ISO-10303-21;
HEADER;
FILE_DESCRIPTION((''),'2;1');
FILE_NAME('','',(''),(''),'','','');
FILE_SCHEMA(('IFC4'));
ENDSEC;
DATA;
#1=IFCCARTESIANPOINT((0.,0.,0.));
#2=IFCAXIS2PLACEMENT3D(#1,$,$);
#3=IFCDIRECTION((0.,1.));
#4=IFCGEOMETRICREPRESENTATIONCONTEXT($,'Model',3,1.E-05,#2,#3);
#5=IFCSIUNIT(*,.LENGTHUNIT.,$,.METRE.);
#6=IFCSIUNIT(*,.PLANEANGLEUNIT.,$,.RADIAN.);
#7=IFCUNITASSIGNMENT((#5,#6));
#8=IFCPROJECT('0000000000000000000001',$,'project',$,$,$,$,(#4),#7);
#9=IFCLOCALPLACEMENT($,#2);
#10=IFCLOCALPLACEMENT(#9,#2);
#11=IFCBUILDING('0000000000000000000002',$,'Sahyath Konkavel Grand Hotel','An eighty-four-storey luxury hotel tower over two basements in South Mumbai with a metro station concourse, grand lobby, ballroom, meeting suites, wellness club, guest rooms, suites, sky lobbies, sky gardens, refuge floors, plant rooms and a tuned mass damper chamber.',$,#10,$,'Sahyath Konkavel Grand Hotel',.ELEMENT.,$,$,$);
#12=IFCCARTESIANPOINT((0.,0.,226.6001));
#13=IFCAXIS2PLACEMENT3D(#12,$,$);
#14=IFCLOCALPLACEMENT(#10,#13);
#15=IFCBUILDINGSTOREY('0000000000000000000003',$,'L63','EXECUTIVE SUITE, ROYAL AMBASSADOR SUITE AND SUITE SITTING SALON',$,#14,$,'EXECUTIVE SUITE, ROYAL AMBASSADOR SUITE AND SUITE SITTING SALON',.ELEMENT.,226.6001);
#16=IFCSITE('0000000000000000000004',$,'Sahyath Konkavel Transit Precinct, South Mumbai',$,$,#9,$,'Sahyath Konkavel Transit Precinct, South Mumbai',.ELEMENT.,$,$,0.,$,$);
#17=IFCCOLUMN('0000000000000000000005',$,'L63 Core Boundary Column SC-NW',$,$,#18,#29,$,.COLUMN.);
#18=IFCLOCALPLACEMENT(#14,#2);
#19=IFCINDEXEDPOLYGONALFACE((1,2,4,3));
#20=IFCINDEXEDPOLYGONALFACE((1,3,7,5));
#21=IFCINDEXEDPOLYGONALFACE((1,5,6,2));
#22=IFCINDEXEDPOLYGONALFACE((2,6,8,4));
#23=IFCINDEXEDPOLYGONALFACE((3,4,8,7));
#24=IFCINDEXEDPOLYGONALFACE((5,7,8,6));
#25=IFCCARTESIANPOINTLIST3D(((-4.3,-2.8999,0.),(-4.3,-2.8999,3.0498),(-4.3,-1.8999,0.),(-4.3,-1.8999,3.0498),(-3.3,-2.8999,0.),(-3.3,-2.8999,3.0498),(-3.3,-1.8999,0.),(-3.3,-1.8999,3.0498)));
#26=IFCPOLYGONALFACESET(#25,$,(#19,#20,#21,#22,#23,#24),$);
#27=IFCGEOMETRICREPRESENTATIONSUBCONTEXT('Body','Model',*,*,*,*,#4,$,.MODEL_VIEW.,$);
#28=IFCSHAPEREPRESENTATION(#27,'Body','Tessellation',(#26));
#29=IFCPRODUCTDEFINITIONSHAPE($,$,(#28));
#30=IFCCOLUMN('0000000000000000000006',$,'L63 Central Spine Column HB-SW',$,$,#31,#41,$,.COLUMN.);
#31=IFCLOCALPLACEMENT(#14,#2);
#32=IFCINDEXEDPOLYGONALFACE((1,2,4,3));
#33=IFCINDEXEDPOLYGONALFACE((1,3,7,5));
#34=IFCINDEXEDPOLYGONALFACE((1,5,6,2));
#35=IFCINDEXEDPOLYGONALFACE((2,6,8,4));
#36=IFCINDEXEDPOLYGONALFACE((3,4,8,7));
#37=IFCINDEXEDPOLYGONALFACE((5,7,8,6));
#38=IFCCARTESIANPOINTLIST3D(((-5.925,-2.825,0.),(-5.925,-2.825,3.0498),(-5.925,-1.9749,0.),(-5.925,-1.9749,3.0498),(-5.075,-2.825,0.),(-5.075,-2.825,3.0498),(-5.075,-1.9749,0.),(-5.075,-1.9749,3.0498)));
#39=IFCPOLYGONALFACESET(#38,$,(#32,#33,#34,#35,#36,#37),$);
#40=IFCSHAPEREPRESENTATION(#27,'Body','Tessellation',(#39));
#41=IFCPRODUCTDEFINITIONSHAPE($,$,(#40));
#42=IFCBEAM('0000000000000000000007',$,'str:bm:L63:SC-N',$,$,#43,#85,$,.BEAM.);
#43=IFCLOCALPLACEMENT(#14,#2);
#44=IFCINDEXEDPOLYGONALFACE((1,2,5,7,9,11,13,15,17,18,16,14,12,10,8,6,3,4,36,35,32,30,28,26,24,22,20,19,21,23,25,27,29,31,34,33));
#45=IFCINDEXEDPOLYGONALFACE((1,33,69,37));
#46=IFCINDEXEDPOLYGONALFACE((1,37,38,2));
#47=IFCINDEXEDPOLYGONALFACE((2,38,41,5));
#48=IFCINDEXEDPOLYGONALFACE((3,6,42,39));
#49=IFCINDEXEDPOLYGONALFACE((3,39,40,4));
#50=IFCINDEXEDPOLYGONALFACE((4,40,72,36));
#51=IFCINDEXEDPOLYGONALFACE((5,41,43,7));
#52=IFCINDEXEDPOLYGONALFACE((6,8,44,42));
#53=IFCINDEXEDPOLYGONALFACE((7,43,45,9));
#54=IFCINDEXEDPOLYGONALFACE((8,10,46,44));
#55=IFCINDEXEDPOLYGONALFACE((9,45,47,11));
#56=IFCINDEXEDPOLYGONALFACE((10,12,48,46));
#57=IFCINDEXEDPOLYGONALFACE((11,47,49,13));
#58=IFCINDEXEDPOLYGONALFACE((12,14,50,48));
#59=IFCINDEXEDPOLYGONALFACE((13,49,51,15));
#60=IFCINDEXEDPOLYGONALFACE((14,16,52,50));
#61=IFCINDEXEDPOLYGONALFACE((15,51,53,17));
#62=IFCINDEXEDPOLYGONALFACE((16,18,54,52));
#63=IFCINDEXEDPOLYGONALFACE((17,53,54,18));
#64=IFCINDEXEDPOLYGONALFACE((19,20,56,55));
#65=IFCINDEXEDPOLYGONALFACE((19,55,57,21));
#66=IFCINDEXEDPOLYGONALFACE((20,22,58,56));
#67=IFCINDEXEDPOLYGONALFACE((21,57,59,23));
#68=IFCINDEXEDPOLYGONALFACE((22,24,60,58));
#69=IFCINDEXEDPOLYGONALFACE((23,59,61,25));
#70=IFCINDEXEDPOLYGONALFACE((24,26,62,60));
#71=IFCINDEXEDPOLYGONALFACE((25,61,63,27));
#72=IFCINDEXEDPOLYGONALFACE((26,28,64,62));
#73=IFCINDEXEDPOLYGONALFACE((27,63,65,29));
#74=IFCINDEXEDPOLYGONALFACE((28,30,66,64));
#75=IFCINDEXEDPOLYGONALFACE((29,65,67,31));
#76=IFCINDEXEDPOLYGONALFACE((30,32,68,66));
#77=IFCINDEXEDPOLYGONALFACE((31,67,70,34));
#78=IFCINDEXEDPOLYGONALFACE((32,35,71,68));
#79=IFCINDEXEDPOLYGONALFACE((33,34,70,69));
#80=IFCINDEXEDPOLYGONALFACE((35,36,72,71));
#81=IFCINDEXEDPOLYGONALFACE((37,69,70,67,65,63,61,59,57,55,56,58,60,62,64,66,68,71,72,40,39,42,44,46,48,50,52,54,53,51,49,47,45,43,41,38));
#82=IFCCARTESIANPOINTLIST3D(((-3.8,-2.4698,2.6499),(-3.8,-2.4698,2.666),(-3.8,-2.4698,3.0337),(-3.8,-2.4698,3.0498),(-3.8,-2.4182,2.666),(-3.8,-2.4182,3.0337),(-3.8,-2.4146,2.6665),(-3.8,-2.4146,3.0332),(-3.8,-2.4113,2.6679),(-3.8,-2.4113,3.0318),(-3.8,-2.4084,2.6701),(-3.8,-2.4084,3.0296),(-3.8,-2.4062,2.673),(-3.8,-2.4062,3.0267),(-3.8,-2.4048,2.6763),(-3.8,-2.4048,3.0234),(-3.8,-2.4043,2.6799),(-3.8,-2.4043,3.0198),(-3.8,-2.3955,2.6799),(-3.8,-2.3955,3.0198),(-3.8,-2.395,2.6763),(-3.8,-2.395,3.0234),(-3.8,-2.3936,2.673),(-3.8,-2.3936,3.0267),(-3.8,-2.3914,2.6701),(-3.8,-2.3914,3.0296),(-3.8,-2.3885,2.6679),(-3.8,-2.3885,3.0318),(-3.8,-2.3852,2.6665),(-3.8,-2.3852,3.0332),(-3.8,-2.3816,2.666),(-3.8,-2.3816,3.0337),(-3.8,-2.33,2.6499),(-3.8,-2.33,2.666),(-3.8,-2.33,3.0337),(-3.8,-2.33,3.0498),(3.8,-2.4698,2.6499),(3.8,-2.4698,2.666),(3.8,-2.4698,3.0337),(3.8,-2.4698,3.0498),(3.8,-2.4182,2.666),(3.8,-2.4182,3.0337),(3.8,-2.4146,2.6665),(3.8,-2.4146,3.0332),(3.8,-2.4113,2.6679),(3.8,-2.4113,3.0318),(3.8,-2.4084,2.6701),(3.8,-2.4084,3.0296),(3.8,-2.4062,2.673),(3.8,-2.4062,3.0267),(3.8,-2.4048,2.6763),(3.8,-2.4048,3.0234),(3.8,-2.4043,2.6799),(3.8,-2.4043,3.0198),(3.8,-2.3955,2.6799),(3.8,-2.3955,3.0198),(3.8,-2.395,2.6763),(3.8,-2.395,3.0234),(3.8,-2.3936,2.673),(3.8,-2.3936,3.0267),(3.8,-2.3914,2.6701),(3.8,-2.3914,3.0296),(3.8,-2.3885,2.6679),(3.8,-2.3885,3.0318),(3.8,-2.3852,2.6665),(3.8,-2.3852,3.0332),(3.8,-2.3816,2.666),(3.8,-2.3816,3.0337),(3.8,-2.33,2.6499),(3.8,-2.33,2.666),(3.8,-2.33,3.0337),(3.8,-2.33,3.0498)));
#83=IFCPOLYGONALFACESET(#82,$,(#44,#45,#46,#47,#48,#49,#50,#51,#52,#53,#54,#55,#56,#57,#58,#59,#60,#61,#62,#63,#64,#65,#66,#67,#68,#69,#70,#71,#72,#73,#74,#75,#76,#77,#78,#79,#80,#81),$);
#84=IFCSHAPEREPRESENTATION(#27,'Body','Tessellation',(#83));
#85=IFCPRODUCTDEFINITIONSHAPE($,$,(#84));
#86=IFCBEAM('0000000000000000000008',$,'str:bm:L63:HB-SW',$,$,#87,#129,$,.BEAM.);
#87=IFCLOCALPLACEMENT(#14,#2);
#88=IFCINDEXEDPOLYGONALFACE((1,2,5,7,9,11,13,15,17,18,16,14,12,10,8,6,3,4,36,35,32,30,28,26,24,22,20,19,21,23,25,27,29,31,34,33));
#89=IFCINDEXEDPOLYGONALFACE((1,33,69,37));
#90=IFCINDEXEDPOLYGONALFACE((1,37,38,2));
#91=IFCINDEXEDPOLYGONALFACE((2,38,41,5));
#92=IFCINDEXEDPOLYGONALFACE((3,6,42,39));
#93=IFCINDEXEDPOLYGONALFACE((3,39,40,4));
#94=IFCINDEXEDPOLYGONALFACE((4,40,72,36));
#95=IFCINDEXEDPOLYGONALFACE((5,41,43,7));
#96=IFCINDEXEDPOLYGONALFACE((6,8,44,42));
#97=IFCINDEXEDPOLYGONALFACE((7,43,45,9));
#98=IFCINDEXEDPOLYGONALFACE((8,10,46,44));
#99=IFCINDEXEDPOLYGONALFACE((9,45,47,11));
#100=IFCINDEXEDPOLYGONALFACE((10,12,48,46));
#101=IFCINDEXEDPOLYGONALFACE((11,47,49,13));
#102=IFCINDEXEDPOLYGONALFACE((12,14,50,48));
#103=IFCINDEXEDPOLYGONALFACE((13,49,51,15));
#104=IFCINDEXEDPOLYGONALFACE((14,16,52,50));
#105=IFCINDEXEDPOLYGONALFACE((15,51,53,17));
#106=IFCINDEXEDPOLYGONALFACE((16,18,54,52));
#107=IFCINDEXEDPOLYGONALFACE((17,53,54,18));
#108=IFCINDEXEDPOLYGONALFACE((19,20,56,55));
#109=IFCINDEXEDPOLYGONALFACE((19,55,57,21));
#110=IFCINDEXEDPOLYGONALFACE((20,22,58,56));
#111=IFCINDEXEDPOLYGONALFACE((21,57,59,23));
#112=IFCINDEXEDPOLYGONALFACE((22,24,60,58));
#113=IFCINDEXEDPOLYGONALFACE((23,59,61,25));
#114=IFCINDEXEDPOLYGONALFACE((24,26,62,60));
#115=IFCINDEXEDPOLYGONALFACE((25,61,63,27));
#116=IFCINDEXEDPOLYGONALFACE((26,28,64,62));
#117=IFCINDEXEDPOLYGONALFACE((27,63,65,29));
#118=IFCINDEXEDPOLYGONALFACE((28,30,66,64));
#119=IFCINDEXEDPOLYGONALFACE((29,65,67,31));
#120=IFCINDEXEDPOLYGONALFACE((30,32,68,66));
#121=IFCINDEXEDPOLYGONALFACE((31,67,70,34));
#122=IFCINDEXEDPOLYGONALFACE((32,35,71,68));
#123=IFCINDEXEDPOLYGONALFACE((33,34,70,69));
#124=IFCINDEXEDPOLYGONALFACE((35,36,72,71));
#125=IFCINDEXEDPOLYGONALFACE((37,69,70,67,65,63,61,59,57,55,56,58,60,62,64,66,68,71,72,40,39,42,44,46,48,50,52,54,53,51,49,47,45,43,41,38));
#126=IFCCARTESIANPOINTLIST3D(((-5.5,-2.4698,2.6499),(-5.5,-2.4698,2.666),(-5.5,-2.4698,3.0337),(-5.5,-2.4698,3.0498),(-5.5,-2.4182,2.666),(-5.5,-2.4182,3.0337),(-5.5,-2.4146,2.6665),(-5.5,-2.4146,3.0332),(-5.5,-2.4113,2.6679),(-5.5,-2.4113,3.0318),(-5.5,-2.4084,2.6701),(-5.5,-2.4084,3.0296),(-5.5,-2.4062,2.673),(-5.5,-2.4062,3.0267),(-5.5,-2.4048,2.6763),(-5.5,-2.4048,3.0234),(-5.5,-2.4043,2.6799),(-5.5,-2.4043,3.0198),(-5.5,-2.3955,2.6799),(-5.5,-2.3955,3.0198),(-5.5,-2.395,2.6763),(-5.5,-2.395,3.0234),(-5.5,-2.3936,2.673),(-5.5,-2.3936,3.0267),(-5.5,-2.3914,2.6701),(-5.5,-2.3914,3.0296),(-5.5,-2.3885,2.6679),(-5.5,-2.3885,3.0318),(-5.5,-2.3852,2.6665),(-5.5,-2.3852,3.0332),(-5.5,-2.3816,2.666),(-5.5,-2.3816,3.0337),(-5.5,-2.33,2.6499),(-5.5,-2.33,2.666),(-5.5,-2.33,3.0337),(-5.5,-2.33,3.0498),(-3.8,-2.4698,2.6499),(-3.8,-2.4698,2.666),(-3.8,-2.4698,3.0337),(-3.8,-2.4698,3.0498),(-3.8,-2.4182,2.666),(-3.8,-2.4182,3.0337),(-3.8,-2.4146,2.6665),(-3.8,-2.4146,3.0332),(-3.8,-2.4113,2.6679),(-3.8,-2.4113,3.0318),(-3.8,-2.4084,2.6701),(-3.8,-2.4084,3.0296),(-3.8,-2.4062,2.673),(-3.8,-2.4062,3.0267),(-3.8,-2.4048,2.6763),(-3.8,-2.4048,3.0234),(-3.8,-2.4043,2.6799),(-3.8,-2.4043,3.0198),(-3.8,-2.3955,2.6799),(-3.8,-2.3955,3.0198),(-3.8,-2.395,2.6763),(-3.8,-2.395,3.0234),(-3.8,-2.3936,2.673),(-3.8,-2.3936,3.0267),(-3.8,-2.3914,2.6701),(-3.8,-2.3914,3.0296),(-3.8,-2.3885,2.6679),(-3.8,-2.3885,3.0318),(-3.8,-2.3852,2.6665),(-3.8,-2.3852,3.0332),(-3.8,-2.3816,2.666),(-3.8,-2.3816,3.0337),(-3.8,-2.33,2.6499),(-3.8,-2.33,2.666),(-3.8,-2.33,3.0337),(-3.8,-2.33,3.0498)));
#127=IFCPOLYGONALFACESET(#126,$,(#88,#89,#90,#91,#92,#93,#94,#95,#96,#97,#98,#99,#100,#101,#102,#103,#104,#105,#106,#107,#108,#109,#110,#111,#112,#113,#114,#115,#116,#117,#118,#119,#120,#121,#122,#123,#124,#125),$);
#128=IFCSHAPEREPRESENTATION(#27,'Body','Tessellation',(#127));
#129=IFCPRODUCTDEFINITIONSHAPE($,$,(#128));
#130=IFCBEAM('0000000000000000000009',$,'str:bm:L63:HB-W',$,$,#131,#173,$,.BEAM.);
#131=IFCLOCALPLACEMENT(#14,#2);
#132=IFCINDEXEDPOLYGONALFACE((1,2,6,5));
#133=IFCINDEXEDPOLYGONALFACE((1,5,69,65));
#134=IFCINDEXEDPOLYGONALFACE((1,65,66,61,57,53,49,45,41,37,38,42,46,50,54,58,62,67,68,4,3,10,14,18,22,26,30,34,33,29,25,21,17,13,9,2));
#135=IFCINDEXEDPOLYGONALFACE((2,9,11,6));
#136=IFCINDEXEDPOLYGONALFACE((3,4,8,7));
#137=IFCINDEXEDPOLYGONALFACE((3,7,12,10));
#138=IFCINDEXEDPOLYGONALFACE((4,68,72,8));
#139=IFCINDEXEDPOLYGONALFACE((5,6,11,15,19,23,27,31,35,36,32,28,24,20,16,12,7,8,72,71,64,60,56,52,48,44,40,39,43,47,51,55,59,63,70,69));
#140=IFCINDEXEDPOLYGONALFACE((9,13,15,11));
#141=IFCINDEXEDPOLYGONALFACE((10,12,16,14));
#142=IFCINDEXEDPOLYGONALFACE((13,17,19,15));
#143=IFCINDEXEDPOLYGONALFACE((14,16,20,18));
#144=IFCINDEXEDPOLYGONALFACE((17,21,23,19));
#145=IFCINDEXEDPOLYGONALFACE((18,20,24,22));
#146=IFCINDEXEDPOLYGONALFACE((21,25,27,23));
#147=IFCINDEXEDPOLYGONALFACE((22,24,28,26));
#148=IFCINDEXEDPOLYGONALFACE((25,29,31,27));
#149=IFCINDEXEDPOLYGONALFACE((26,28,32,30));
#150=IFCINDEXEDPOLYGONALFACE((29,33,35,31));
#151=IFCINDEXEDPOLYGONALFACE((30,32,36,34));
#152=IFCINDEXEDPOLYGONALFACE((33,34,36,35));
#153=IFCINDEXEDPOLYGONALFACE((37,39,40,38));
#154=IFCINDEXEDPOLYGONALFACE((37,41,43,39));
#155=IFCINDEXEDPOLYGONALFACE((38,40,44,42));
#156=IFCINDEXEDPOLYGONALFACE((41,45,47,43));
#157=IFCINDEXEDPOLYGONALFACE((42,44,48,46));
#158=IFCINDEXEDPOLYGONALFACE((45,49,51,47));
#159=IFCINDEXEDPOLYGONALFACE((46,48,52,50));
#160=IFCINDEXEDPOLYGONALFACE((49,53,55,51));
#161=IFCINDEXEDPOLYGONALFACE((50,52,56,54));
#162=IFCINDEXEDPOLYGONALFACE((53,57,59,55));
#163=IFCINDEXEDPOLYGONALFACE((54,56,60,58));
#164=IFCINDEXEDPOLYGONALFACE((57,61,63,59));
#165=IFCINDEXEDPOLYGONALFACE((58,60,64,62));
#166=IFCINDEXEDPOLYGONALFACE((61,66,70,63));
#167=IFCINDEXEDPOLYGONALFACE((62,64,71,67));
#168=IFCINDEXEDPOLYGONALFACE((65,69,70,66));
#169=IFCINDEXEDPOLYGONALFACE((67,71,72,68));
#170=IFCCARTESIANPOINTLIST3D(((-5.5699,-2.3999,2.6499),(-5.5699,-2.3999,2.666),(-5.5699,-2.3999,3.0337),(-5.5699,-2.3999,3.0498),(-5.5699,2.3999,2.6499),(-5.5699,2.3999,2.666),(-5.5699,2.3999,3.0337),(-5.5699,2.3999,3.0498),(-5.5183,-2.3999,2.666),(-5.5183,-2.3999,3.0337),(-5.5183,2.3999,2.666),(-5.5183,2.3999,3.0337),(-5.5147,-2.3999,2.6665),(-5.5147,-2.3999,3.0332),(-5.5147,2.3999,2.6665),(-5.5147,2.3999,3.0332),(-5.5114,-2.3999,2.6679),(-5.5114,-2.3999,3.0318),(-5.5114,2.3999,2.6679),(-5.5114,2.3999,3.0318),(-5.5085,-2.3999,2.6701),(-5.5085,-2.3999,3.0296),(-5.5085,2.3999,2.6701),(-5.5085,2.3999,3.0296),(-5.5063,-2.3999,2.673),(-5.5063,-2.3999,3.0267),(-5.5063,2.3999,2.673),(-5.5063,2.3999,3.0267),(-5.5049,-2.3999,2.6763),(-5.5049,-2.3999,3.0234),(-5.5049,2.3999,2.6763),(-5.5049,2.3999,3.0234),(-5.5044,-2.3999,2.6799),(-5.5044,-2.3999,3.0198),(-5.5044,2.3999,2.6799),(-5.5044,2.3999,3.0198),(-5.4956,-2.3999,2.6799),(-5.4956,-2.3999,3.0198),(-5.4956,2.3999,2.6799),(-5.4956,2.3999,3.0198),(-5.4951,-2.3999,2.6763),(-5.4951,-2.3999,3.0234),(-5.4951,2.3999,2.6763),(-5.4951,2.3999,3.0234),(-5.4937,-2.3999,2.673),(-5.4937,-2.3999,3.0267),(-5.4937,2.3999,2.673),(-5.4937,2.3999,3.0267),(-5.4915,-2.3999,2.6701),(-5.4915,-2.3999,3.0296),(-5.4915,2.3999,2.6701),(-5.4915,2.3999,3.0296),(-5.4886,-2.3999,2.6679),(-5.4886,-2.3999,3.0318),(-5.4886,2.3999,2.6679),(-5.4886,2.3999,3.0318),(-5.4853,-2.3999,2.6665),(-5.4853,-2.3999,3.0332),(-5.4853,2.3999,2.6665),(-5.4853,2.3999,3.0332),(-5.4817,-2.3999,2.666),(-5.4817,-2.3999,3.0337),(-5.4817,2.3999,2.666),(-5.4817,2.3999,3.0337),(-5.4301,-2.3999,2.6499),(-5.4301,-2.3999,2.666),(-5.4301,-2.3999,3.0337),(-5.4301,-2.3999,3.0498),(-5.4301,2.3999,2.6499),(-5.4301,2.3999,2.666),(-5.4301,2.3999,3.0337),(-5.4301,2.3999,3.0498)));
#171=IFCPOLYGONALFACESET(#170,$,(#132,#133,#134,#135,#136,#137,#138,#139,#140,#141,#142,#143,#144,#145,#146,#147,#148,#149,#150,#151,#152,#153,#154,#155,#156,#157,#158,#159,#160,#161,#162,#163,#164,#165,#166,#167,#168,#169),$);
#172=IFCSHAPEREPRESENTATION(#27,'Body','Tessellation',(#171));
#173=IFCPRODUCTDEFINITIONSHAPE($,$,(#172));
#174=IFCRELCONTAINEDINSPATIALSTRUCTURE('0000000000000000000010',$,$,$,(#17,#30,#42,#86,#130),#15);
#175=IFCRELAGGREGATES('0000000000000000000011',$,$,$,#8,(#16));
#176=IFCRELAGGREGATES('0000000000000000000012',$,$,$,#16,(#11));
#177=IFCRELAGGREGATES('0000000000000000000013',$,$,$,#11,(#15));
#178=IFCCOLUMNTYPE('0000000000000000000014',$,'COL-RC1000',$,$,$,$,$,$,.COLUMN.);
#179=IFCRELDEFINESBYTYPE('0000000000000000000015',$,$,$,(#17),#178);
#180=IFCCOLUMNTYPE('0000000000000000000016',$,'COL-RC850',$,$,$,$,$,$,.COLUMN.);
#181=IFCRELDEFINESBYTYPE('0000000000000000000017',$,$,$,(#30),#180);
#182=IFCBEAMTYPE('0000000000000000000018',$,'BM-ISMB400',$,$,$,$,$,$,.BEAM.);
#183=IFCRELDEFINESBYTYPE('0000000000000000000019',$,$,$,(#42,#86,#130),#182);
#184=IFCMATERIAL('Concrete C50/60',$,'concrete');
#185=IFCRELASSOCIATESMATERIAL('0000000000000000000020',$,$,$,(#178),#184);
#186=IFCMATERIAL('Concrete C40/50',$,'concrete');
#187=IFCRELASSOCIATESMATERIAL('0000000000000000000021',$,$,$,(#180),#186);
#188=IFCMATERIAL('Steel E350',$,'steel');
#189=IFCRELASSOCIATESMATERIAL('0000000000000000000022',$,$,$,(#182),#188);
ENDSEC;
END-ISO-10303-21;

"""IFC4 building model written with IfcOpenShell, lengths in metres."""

from ifc_helpers import new_model, si_unit, direction, frame, origin, origin_2d, place, context, subcontext, project, spatial, rectangle, i_section, extrude, source, transform, mapped, material, material_profile, profile_set, type_object, element, save


model = new_model("IFC4")

# Units and contexts
model_context = context("Model", 3, precision=1e-05, world=origin(), true_north=direction((0.0, 1.0)))
body_context = subcontext(model_context, "Body", "Model", "MODEL_VIEW")
ifc_project = project(units=[si_unit("LENGTHUNIT", "METRE"), si_unit("PLANEANGLEUNIT", "RADIAN")], contexts=[model_context])

# Site, building, storey
site_placement = place(None, origin())
site = spatial("IfcSite", under=ifc_project, at=site_placement, Name="Sahyath Konkavel Transit Precinct, South Mumbai", LongName="Sahyath Konkavel Transit Precinct, South Mumbai", CompositionType="ELEMENT", RefElevation=0.0)
building_placement = place(site_placement, origin())
building = spatial("IfcBuilding", under=site, at=building_placement, Name="Sahyath Konkavel Grand Hotel", Description="An eighty-four-storey luxury hotel tower over two basements in South Mumbai with a metro station concourse, grand lobby, ballroom, meeting suites, wellness club, guest rooms, suites, sky lobbies, sky gardens, refuge floors, plant rooms and a tuned mass damper chamber.", LongName="Sahyath Konkavel Grand Hotel", CompositionType="ELEMENT")
storey_placement = place(building_placement, frame((0.0, 0.0, 226.6001)))
storey = spatial("IfcBuildingStorey", under=building, at=storey_placement, Name="L63", Description="EXECUTIVE SUITE, ROYAL AMBASSADOR SUITE AND SUITE SITTING SALON", LongName="EXECUTIVE SUITE, ROYAL AMBASSADOR SUITE AND SUITE SITTING SALON", CompositionType="ELEMENT", Elevation=226.6001)

# Columns
ifc_material_1 = material(Name="Concrete C50/60", Category="concrete")
ifc_material_profile_1 = material_profile(ifc_material_1, rectangle(XDim=1.0, YDim=1.0, at=origin_2d()), Name="RC 1000x1000")
ifc_profile_set_1 = profile_set([ifc_material_profile_1], Name="Concrete C50/60")
column_type_1 = type_object("IfcColumnType", Name="COL-RC1000", PredefinedType="COLUMN", material=ifc_profile_set_1)
shared_shape_1 = source(origin(), body_context, "Body", "SweptSolid", [
    extrude(rectangle(XDim=1.0, YDim=1.0, at=origin_2d()), origin(), (0.0, 0.0, 1.0), 3.0498),
])
column_1_placement = place(storey_placement, frame((-3.8, -2.3999, 0.0), z_axis=(0.0, 0.0, 1.0), x_axis=(1.0, 0.0, 0.0)))
element("IfcColumn", 1, at=column_1_placement, inside=storey, type_object=column_type_1, Name="L63 Core Boundary Column SC-NW", PredefinedType="COLUMN", context=body_context, shape_type="MappedRepresentation", body=[
    mapped(shared_shape_1, transform((0.0, 0.0, 0.0), scale=1.0)),
])
ifc_material_2 = material(Name="Concrete C40/50", Category="concrete")
ifc_material_profile_2 = material_profile(ifc_material_2, rectangle(XDim=0.8501, YDim=0.8501, at=origin_2d()), Name="RC 850x850")
ifc_profile_set_2 = profile_set([ifc_material_profile_2], Name="Concrete C40/50")
column_type_2 = type_object("IfcColumnType", Name="COL-RC850", PredefinedType="COLUMN", material=ifc_profile_set_2)
shared_shape_2 = source(origin(), body_context, "Body", "SweptSolid", [
    extrude(rectangle(XDim=0.8501, YDim=0.8501, at=origin_2d()), origin(), (0.0, 0.0, 1.0), 3.0498),
])
column_2_placement = place(storey_placement, frame((-5.5, -2.3999, 0.0), z_axis=(0.0, 0.0, 1.0), x_axis=(1.0, 0.0, 0.0)))
element("IfcColumn", 2, at=column_2_placement, inside=storey, type_object=column_type_2, Name="L63 Central Spine Column HB-SW", PredefinedType="COLUMN", context=body_context, shape_type="MappedRepresentation", body=[
    mapped(shared_shape_2, transform((0.0, 0.0, 0.0), scale=1.0)),
])

# Beams
ifc_material_3 = material(Name="Steel E350", Category="steel")
ifc_material_profile_3 = material_profile(ifc_material_3, i_section(OverallWidth=0.1399, OverallDepth=0.3999, WebThickness=0.0088, FlangeThickness=0.0161, FilletRadius=0.0139, at=origin_2d()), Name="ISMB 400")
ifc_profile_set_3 = profile_set([ifc_material_profile_3], Name="Steel E350")
beam_type_1 = type_object("IfcBeamType", Name="BM-ISMB400", PredefinedType="BEAM", material=ifc_profile_set_3)
shared_shape_3 = source(origin(), body_context, "Body", "SweptSolid", [
    extrude(i_section(OverallWidth=0.1399, OverallDepth=0.3999, WebThickness=0.0088, FlangeThickness=0.0161, FilletRadius=0.0139, at=origin_2d()), origin(), (0.0, 0.0, 1.0), 7.6001),
])
beam_1_placement = place(storey_placement, frame((-3.8, -2.3999, 2.8499), z_axis=(1.0, 0.0, 0.0), x_axis=(0.0, 1.0, 0.0)))
element("IfcBeam", 3, at=beam_1_placement, inside=storey, type_object=beam_type_1, Name="str:bm:L63:SC-N", PredefinedType="BEAM", context=body_context, shape_type="MappedRepresentation", body=[
    mapped(shared_shape_3, transform((0.0, 0.0, 0.0), scale=1.0)),
])
shared_shape_4 = source(origin(), body_context, "Body", "SweptSolid", [
    extrude(i_section(OverallWidth=0.1399, OverallDepth=0.3999, WebThickness=0.0088, FlangeThickness=0.0161, FilletRadius=0.0139, at=origin_2d()), origin(), (0.0, 0.0, 1.0), 1.7),
])
beam_2_placement = place(storey_placement, frame((-5.5, -2.3999, 2.8499), z_axis=(1.0, 0.0, 0.0), x_axis=(0.0, 1.0, 0.0)))
element("IfcBeam", 4, at=beam_2_placement, inside=storey, type_object=beam_type_1, Name="str:bm:L63:HB-SW", PredefinedType="BEAM", context=body_context, shape_type="MappedRepresentation", body=[
    mapped(shared_shape_4, transform((0.0, 0.0, 0.0), scale=1.0)),
])
shared_shape_5 = source(origin(), body_context, "Body", "SweptSolid", [
    extrude(i_section(OverallWidth=0.1399, OverallDepth=0.3999, WebThickness=0.0088, FlangeThickness=0.0161, FilletRadius=0.0139, at=origin_2d()), origin(), (0.0, 0.0, 1.0), 4.7998),
])
beam_3_placement = place(storey_placement, frame((-5.5, -2.3999, 2.8499), z_axis=(0.0, 1.0, 0.0), x_axis=(-1.0, 0.0, 0.0)))
element("IfcBeam", 5, at=beam_3_placement, inside=storey, type_object=beam_type_1, Name="str:bm:L63:HB-W", PredefinedType="BEAM", context=body_context, shape_type="MappedRepresentation", body=[
    mapped(shared_shape_5, transform((0.0, 0.0, 0.0), scale=1.0)),
])

save(model, "model.ifc")
